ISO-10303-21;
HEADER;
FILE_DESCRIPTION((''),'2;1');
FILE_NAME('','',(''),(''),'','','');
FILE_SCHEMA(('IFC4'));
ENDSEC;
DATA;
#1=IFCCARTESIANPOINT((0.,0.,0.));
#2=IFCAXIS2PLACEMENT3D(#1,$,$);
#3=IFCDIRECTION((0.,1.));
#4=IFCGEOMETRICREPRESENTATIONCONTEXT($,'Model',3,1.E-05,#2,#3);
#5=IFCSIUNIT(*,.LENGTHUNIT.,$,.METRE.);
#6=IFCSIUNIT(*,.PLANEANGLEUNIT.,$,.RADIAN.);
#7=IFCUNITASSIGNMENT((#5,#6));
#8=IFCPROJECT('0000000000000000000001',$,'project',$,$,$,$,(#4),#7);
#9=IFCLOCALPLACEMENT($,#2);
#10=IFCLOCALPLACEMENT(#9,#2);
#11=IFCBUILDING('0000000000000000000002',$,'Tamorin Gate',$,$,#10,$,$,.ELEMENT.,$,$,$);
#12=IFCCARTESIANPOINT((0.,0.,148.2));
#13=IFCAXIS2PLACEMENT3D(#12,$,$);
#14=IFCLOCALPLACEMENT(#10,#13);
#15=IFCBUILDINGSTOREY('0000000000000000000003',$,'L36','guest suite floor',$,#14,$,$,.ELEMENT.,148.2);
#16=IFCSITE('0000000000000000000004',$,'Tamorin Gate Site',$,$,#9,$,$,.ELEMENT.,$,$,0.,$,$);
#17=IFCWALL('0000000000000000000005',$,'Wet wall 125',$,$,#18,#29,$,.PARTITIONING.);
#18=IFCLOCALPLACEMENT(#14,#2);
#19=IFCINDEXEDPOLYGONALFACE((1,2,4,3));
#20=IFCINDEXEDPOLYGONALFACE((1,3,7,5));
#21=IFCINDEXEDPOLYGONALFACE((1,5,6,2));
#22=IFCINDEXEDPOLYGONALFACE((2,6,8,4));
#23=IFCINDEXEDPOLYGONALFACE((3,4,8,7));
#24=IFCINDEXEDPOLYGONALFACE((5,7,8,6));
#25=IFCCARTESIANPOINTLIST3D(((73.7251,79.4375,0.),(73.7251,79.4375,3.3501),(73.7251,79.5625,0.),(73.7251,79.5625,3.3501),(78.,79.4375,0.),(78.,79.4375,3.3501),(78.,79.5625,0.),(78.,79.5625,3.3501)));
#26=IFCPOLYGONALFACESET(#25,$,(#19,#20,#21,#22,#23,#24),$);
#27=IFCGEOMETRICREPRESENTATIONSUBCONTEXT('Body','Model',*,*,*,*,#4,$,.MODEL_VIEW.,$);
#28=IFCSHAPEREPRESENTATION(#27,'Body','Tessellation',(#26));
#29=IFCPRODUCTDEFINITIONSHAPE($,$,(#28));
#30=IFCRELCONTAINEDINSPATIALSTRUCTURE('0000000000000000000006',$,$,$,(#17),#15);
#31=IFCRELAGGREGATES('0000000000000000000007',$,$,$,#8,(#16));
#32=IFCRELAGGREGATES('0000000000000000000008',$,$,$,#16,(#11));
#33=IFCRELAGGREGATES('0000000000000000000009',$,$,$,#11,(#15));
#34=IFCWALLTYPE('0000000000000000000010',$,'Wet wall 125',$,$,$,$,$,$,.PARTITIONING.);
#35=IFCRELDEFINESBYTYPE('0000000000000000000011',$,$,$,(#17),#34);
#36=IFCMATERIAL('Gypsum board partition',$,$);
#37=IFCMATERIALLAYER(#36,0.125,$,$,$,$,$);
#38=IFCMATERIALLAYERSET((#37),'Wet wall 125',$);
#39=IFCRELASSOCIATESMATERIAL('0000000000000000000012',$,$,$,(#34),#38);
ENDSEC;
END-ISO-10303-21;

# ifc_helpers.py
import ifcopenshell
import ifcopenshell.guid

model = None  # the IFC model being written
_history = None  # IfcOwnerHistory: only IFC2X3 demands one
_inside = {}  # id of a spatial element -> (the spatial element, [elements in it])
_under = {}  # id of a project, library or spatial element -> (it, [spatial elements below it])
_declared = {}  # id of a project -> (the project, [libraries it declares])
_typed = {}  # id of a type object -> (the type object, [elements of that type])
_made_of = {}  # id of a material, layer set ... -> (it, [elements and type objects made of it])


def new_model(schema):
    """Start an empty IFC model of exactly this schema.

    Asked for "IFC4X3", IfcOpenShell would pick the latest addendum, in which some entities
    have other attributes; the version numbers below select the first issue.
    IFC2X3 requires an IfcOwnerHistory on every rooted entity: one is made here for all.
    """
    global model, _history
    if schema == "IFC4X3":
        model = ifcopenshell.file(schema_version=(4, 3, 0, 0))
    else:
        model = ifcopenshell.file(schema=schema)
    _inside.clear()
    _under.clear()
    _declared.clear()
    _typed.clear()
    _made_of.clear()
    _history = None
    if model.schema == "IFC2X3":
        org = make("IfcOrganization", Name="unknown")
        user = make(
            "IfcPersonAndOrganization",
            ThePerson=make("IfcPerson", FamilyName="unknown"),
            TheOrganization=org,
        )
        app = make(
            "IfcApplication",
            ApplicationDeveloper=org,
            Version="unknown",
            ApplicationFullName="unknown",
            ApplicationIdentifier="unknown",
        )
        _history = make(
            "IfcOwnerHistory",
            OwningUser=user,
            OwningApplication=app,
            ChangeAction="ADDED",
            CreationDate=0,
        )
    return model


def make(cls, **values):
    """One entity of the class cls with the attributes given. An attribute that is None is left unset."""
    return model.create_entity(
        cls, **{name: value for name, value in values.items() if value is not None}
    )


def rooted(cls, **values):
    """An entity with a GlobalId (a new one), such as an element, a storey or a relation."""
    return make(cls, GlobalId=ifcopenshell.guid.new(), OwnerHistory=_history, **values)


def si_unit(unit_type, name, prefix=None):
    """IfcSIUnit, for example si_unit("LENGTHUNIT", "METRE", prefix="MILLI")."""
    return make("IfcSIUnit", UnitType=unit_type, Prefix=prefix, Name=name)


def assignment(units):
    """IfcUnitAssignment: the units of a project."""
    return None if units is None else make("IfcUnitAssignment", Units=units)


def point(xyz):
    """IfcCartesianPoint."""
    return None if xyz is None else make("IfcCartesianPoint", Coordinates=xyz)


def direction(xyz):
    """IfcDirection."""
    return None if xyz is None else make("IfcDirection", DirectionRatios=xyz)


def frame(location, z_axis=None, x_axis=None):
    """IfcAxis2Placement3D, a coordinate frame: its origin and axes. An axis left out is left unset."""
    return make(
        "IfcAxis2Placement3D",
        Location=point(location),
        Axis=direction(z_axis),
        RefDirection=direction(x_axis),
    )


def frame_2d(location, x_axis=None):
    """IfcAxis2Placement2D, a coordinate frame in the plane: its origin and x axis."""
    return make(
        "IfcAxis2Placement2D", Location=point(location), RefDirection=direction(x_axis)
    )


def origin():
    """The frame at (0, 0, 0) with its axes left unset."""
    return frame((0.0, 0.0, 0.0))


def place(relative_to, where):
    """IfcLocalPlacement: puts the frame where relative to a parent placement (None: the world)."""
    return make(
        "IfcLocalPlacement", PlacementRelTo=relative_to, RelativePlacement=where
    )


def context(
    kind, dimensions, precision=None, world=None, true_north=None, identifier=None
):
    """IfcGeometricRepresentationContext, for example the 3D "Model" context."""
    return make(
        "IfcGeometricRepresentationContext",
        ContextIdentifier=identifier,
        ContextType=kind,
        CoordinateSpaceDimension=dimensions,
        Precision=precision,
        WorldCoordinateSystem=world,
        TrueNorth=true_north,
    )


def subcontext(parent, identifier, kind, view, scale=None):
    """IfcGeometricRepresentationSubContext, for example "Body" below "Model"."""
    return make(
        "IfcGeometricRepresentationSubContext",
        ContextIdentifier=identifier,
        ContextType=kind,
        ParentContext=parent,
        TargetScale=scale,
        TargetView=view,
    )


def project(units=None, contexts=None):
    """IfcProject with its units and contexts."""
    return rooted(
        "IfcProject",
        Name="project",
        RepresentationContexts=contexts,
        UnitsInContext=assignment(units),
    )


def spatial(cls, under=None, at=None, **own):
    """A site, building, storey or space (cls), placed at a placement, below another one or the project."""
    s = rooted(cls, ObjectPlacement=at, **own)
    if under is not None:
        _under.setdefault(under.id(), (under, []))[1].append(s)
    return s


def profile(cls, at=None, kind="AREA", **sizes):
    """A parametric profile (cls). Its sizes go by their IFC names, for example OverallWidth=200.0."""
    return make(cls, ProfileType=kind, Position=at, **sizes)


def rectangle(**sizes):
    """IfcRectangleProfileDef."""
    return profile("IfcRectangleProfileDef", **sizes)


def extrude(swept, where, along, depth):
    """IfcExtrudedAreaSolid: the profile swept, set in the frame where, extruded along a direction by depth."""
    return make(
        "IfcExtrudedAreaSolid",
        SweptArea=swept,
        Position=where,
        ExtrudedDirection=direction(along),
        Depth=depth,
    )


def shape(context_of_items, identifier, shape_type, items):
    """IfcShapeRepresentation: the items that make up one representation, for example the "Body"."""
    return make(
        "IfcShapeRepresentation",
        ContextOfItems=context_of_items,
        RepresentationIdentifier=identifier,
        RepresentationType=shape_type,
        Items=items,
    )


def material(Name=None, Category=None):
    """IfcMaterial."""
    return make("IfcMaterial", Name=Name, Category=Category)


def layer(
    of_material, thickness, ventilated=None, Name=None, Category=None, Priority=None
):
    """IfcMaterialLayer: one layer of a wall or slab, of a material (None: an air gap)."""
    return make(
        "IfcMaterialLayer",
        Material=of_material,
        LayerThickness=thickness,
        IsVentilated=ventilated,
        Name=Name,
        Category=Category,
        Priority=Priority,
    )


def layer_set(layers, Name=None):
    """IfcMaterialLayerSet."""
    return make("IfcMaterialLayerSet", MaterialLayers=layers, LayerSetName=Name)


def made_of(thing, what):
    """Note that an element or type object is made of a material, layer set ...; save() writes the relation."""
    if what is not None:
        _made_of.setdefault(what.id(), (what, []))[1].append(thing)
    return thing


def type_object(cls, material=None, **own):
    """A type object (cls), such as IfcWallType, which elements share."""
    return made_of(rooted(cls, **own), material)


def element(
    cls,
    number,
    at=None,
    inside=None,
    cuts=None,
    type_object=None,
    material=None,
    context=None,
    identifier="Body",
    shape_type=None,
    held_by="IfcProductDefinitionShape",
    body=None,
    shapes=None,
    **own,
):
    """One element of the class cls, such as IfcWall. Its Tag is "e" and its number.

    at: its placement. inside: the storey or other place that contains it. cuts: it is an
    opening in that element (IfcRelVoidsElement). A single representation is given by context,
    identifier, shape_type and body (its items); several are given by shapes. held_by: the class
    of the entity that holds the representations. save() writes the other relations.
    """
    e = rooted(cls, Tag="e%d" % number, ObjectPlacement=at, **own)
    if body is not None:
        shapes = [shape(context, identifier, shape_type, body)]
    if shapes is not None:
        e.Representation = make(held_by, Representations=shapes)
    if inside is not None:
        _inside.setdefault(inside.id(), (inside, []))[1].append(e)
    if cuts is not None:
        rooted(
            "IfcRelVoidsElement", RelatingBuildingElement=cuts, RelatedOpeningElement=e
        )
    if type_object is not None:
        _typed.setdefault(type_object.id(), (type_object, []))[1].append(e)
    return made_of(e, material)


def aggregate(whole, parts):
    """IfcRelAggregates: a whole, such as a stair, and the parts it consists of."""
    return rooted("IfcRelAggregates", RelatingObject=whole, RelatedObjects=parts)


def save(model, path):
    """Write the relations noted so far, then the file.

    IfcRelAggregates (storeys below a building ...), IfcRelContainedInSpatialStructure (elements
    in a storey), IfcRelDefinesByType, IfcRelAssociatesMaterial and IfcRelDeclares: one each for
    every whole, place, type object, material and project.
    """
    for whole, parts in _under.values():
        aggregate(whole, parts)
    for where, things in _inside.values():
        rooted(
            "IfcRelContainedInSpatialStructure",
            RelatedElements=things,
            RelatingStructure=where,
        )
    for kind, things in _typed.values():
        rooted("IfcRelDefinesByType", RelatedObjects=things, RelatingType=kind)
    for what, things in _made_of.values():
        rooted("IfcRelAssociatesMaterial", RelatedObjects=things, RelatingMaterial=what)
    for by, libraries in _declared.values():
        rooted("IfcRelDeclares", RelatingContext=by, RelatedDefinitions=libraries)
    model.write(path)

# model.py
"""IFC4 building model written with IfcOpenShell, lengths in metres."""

from ifc_helpers import new_model, si_unit, direction, frame, frame_2d, origin, place, context, subcontext, project, spatial, rectangle, extrude, material, layer, layer_set, type_object, element, save


model = new_model("IFC4")

# Units and contexts
model_context = context("Model", 3, precision=1e-05, world=origin(), true_north=direction((0.0, 1.0)))
body_context = subcontext(model_context, "Body", "Model", "MODEL_VIEW")
ifc_project = project(units=[si_unit("LENGTHUNIT", "METRE"), si_unit("PLANEANGLEUNIT", "RADIAN")], contexts=[model_context])

# Site, building, storey
site_placement = place(None, origin())
site = spatial("IfcSite", under=ifc_project, at=site_placement, Name="Tamorin Gate Site", CompositionType="ELEMENT", RefElevation=0.0)
building_placement = place(site_placement, origin())
building = spatial("IfcBuilding", under=site, at=building_placement, Name="Tamorin Gate", CompositionType="ELEMENT")
storey_placement = place(building_placement, frame((0.0, 0.0, 148.2)))
storey = spatial("IfcBuildingStorey", under=building, at=storey_placement, Name="L36", Description="guest suite floor", CompositionType="ELEMENT", Elevation=148.2)

# Shared definitions
ifc_material_1 = material(Name="Gypsum board partition")

# Wall
ifc_layer_1 = layer(ifc_material_1, 0.125)
ifc_layer_set_1 = layer_set([ifc_layer_1], Name="Wet wall 125")
wall_type_1 = type_object("IfcWallType", Name="Wet wall 125", PredefinedType="PARTITIONING", material=ifc_layer_set_1)
wall_1_placement = place(storey_placement, frame((73.7251, 79.5, 0.0), z_axis=(0.0, 0.0, 1.0), x_axis=(1.0, 0.0, 0.0)))
element("IfcWall", 1, at=wall_1_placement, inside=storey, type_object=wall_type_1, Name="Wet wall 125", PredefinedType="PARTITIONING", context=body_context, shape_type="SweptSolid", body=[
    extrude(rectangle(XDim=4.2749, YDim=0.125, at=frame_2d((2.1375, 0.0))), origin(), (0.0, 0.0, 1.0), 3.3501),
])

save(model, "model.ifc")
